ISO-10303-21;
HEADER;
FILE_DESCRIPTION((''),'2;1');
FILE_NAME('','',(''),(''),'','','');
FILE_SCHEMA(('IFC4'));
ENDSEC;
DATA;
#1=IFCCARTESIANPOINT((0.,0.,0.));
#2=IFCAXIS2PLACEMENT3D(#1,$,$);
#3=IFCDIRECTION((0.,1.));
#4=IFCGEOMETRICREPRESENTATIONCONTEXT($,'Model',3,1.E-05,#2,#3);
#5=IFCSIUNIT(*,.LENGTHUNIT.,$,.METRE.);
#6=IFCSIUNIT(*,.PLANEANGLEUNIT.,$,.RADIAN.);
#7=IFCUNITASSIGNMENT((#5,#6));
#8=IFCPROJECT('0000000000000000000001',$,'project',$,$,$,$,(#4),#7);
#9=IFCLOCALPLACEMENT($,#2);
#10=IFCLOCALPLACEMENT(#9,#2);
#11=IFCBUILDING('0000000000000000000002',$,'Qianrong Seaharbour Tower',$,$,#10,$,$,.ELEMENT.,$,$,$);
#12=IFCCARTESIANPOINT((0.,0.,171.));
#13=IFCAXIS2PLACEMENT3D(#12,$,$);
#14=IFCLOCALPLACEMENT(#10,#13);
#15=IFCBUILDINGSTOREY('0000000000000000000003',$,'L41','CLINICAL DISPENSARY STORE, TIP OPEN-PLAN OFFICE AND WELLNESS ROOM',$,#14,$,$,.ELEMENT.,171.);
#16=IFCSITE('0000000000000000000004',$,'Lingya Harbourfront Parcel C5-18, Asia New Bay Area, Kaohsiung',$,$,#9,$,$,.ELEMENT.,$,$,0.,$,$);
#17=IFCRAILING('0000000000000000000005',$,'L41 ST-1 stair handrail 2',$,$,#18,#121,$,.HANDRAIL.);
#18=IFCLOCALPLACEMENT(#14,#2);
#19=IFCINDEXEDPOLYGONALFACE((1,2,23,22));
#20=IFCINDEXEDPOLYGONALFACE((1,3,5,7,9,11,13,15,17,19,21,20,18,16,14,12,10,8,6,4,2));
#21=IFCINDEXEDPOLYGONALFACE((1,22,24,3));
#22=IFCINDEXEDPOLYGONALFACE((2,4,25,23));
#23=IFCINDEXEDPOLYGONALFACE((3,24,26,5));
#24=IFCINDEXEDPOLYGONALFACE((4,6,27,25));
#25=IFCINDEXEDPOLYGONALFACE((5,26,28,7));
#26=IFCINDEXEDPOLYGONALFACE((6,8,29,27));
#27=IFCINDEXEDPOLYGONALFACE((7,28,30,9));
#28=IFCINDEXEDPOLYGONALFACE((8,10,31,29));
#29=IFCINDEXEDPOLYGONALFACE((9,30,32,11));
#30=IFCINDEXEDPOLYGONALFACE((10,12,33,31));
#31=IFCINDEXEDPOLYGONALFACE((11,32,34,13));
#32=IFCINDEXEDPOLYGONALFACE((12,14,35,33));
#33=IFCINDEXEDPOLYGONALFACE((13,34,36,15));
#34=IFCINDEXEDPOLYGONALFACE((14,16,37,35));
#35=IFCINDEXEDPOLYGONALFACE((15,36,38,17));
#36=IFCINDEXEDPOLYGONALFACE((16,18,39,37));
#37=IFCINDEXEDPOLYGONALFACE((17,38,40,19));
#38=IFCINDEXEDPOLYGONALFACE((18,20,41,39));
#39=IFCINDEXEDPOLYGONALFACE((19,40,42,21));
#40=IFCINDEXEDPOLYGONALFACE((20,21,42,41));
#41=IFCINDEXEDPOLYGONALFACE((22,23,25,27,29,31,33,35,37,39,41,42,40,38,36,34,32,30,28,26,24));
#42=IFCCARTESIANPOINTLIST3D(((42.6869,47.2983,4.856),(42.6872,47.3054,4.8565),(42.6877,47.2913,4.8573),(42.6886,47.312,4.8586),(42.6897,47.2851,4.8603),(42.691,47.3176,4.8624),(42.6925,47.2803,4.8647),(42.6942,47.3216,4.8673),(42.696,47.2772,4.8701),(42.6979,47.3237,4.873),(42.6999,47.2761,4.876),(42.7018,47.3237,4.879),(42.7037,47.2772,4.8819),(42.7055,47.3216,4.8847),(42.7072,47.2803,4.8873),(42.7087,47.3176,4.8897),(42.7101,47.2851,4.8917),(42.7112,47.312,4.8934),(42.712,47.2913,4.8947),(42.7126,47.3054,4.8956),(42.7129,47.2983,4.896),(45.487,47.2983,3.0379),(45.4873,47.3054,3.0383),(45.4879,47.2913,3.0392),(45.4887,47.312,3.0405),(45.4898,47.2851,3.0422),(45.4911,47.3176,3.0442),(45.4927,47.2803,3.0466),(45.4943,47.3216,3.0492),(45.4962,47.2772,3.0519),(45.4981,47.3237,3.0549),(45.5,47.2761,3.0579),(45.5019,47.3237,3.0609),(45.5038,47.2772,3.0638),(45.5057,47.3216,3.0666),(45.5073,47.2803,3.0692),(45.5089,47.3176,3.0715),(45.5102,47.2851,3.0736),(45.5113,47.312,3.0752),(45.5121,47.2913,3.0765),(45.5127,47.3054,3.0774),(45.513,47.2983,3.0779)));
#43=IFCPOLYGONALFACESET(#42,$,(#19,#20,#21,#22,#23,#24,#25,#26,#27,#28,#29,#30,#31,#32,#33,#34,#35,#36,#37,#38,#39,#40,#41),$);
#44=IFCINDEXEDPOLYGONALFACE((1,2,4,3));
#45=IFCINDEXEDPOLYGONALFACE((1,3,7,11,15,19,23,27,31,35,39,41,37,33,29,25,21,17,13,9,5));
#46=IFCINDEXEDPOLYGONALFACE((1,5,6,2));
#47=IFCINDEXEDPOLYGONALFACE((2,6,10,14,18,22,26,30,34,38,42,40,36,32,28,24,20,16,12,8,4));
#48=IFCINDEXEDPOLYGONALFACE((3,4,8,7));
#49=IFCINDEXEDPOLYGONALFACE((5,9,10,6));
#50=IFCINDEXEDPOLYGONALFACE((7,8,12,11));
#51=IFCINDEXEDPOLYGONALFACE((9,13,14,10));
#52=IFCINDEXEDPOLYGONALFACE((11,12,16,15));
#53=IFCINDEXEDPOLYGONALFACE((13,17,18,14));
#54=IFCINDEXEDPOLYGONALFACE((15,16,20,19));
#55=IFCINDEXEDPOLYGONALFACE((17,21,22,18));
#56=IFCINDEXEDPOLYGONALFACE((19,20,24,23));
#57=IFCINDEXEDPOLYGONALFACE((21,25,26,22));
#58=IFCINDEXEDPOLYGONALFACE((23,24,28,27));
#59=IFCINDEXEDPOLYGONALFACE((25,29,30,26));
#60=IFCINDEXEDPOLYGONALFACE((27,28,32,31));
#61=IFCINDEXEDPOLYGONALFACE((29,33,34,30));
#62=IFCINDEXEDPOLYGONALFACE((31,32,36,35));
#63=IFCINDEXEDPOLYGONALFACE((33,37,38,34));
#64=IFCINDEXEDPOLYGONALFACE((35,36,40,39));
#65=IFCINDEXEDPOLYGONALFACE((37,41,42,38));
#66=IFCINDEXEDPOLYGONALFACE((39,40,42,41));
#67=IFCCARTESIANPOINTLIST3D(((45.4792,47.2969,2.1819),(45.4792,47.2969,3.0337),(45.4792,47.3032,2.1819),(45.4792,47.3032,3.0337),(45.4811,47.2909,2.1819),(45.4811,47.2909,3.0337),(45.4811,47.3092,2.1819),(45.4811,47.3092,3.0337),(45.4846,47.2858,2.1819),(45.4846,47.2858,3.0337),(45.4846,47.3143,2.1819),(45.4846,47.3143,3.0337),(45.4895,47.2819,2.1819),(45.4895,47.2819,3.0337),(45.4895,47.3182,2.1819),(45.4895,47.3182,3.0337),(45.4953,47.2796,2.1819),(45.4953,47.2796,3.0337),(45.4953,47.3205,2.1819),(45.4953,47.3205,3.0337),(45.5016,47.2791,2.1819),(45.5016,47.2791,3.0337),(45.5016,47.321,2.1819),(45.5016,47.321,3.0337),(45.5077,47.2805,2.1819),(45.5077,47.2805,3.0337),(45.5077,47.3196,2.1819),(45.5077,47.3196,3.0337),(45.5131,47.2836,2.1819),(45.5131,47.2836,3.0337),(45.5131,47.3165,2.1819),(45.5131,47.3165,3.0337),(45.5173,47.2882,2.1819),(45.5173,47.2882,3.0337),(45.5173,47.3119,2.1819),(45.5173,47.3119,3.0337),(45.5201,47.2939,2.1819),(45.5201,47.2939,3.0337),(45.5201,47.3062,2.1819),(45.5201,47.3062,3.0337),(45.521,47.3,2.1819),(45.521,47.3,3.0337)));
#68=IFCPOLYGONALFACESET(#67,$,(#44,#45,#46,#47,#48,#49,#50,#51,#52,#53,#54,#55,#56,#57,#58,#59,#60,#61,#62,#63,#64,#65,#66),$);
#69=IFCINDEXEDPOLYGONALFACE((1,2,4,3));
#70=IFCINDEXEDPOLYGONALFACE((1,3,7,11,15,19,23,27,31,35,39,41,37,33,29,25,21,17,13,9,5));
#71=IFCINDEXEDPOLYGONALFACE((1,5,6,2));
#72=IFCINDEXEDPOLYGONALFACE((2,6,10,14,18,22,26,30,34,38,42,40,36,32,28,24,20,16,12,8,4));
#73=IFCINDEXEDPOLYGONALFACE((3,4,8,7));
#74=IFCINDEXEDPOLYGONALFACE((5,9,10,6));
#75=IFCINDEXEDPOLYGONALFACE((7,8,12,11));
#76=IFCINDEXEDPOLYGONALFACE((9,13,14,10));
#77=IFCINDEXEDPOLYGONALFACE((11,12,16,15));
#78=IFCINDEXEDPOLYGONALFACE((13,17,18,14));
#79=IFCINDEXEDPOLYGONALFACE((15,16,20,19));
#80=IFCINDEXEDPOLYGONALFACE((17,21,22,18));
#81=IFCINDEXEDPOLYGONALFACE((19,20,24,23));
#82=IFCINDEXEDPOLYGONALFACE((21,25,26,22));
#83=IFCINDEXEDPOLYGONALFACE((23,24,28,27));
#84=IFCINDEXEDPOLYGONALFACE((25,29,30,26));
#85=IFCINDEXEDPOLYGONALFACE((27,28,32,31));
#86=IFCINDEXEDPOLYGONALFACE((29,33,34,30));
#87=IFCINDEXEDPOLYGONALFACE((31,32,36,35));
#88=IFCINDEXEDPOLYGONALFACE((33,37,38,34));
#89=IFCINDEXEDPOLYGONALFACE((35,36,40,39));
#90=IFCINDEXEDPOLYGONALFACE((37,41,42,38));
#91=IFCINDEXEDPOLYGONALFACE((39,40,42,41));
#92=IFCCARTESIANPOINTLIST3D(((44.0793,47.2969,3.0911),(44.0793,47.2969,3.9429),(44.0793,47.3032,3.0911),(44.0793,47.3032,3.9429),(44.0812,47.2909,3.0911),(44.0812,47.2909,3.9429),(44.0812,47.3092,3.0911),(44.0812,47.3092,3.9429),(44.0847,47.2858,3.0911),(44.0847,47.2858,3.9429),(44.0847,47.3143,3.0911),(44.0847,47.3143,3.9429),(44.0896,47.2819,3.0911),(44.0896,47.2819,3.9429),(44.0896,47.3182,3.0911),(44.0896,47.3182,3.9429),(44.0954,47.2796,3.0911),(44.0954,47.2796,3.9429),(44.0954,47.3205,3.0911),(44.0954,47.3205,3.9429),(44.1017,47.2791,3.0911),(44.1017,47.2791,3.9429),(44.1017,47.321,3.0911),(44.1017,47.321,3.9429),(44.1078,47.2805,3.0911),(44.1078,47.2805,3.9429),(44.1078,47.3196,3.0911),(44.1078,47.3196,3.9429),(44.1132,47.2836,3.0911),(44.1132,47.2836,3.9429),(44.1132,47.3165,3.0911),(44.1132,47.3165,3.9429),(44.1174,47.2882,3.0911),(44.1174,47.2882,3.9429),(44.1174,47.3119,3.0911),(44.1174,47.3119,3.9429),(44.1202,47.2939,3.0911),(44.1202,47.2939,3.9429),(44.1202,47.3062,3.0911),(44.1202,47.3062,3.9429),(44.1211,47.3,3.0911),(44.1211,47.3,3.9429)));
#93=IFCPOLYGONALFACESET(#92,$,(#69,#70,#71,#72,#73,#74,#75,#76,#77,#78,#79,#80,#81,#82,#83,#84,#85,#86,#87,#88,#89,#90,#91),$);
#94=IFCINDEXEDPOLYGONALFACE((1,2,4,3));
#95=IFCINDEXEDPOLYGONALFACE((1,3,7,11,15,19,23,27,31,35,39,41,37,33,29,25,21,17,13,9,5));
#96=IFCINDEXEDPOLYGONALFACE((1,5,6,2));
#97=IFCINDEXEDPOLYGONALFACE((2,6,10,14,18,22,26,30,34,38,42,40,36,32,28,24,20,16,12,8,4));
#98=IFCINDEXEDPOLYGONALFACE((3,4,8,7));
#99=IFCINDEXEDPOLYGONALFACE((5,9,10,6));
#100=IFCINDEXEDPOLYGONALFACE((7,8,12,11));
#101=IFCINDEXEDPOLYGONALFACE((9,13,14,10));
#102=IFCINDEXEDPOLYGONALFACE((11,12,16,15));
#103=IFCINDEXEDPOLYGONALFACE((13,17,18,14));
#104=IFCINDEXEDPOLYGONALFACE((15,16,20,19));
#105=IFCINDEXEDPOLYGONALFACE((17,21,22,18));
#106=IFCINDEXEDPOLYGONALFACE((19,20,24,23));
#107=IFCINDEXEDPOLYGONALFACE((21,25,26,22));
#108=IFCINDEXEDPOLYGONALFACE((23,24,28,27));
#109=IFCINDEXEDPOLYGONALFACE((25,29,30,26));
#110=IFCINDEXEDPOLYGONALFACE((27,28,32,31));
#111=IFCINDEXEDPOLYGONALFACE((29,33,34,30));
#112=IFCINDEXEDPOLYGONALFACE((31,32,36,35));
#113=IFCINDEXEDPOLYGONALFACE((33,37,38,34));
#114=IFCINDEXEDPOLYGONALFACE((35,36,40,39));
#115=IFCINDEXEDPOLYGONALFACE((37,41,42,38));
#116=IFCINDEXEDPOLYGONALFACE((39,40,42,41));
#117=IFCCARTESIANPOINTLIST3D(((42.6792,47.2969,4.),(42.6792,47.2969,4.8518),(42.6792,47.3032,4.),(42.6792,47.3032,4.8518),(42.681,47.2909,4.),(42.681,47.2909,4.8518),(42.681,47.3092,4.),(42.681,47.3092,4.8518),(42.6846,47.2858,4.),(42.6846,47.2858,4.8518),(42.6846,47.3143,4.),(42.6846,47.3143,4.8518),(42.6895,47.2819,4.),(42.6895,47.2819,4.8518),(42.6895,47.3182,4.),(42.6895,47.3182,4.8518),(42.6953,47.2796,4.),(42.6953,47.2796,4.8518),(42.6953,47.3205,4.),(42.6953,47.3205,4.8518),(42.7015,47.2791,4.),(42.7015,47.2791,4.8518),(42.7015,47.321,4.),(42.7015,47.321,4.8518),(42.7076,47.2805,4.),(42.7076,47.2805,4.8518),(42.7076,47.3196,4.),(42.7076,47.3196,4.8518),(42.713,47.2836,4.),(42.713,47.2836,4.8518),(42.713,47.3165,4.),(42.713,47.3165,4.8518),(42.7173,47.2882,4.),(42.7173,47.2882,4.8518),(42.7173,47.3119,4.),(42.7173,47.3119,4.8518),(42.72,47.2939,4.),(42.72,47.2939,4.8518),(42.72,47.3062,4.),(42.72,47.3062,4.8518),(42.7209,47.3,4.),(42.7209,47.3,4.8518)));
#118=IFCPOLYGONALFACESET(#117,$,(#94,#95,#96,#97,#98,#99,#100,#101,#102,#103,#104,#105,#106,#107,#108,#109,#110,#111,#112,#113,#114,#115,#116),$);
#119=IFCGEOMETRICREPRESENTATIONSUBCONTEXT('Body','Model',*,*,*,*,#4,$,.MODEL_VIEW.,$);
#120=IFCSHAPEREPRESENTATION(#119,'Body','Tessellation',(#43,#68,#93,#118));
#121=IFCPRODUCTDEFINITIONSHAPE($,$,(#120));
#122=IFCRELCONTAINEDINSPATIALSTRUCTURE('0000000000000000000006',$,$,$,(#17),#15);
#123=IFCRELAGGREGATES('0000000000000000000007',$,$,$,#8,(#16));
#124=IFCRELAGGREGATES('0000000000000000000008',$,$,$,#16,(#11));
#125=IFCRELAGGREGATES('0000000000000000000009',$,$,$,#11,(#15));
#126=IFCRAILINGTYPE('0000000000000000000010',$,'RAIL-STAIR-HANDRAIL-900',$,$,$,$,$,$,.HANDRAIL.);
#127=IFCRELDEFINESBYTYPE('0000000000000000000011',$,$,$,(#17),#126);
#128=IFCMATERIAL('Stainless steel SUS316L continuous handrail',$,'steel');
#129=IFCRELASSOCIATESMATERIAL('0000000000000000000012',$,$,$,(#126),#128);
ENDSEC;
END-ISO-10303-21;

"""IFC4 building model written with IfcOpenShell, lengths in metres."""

from ifc_helpers import new_model, si_unit, direction, frame, origin, origin_2d, place, context, subcontext, project, spatial, circle, extrude, material, type_object, element, save


model = new_model("IFC4")

# Units and contexts
model_context = context("Model", 3, precision=1e-05, world=origin(), true_north=direction((0.0, 1.0)))
body_context = subcontext(model_context, "Body", "Model", "MODEL_VIEW")
ifc_project = project(units=[si_unit("LENGTHUNIT", "METRE"), si_unit("PLANEANGLEUNIT", "RADIAN")], contexts=[model_context])

# Site, building, storey
site_placement = place(None, origin())
site = spatial("IfcSite", under=ifc_project, at=site_placement, Name="Lingya Harbourfront Parcel C5-18, Asia New Bay Area, Kaohsiung", CompositionType="ELEMENT", RefElevation=0.0)
building_placement = place(site_placement, origin())
building = spatial("IfcBuilding", under=site, at=building_placement, Name="Qianrong Seaharbour Tower", CompositionType="ELEMENT")
storey_placement = place(building_placement, frame((0.0, 0.0, 171.0)))
storey = spatial("IfcBuildingStorey", under=building, at=storey_placement, Name="L41", Description="CLINICAL DISPENSARY STORE, TIP OPEN-PLAN OFFICE AND WELLNESS ROOM", CompositionType="ELEMENT", Elevation=171.0)

# Railing
ifc_material_1 = material(Name="Stainless steel SUS316L continuous handrail", Category="steel")
railing_type_1 = type_object("IfcRailingType", Name="RAIL-STAIR-HANDRAIL-900", PredefinedType="HANDRAIL", material=ifc_material_1)
railing_1_placement = place(storey_placement, frame((45.5, 47.3, 2.1819)))
element("IfcRailing", 1, at=railing_1_placement, inside=storey, type_object=railing_type_1, Name="L41 ST-1 stair handrail 2", PredefinedType="HANDRAIL", context=body_context, shape_type="SweptSolid", body=[
    extrude(circle(Radius=0.0239, at=origin_2d()), frame((0.0, 0.0, 0.876), z_axis=(-0.838706, 0.0, 0.544585), x_axis=(0.0, -1.0, 0.0)), (0.0, 0.0, 1.0), 3.3386),
    extrude(circle(Radius=0.021, at=origin_2d()), origin(), (0.0, 0.0, 1.0), 0.8518),
    extrude(circle(Radius=0.021, at=origin_2d()), frame((-1.3999, 0.0, 0.9092)), (0.0, 0.0, 1.0), 0.8518),
    extrude(circle(Radius=0.021, at=origin_2d()), frame((-2.8, 0.0, 1.8181)), (0.0, 0.0, 1.0), 0.8518),
])

save(model, "model.ifc")
